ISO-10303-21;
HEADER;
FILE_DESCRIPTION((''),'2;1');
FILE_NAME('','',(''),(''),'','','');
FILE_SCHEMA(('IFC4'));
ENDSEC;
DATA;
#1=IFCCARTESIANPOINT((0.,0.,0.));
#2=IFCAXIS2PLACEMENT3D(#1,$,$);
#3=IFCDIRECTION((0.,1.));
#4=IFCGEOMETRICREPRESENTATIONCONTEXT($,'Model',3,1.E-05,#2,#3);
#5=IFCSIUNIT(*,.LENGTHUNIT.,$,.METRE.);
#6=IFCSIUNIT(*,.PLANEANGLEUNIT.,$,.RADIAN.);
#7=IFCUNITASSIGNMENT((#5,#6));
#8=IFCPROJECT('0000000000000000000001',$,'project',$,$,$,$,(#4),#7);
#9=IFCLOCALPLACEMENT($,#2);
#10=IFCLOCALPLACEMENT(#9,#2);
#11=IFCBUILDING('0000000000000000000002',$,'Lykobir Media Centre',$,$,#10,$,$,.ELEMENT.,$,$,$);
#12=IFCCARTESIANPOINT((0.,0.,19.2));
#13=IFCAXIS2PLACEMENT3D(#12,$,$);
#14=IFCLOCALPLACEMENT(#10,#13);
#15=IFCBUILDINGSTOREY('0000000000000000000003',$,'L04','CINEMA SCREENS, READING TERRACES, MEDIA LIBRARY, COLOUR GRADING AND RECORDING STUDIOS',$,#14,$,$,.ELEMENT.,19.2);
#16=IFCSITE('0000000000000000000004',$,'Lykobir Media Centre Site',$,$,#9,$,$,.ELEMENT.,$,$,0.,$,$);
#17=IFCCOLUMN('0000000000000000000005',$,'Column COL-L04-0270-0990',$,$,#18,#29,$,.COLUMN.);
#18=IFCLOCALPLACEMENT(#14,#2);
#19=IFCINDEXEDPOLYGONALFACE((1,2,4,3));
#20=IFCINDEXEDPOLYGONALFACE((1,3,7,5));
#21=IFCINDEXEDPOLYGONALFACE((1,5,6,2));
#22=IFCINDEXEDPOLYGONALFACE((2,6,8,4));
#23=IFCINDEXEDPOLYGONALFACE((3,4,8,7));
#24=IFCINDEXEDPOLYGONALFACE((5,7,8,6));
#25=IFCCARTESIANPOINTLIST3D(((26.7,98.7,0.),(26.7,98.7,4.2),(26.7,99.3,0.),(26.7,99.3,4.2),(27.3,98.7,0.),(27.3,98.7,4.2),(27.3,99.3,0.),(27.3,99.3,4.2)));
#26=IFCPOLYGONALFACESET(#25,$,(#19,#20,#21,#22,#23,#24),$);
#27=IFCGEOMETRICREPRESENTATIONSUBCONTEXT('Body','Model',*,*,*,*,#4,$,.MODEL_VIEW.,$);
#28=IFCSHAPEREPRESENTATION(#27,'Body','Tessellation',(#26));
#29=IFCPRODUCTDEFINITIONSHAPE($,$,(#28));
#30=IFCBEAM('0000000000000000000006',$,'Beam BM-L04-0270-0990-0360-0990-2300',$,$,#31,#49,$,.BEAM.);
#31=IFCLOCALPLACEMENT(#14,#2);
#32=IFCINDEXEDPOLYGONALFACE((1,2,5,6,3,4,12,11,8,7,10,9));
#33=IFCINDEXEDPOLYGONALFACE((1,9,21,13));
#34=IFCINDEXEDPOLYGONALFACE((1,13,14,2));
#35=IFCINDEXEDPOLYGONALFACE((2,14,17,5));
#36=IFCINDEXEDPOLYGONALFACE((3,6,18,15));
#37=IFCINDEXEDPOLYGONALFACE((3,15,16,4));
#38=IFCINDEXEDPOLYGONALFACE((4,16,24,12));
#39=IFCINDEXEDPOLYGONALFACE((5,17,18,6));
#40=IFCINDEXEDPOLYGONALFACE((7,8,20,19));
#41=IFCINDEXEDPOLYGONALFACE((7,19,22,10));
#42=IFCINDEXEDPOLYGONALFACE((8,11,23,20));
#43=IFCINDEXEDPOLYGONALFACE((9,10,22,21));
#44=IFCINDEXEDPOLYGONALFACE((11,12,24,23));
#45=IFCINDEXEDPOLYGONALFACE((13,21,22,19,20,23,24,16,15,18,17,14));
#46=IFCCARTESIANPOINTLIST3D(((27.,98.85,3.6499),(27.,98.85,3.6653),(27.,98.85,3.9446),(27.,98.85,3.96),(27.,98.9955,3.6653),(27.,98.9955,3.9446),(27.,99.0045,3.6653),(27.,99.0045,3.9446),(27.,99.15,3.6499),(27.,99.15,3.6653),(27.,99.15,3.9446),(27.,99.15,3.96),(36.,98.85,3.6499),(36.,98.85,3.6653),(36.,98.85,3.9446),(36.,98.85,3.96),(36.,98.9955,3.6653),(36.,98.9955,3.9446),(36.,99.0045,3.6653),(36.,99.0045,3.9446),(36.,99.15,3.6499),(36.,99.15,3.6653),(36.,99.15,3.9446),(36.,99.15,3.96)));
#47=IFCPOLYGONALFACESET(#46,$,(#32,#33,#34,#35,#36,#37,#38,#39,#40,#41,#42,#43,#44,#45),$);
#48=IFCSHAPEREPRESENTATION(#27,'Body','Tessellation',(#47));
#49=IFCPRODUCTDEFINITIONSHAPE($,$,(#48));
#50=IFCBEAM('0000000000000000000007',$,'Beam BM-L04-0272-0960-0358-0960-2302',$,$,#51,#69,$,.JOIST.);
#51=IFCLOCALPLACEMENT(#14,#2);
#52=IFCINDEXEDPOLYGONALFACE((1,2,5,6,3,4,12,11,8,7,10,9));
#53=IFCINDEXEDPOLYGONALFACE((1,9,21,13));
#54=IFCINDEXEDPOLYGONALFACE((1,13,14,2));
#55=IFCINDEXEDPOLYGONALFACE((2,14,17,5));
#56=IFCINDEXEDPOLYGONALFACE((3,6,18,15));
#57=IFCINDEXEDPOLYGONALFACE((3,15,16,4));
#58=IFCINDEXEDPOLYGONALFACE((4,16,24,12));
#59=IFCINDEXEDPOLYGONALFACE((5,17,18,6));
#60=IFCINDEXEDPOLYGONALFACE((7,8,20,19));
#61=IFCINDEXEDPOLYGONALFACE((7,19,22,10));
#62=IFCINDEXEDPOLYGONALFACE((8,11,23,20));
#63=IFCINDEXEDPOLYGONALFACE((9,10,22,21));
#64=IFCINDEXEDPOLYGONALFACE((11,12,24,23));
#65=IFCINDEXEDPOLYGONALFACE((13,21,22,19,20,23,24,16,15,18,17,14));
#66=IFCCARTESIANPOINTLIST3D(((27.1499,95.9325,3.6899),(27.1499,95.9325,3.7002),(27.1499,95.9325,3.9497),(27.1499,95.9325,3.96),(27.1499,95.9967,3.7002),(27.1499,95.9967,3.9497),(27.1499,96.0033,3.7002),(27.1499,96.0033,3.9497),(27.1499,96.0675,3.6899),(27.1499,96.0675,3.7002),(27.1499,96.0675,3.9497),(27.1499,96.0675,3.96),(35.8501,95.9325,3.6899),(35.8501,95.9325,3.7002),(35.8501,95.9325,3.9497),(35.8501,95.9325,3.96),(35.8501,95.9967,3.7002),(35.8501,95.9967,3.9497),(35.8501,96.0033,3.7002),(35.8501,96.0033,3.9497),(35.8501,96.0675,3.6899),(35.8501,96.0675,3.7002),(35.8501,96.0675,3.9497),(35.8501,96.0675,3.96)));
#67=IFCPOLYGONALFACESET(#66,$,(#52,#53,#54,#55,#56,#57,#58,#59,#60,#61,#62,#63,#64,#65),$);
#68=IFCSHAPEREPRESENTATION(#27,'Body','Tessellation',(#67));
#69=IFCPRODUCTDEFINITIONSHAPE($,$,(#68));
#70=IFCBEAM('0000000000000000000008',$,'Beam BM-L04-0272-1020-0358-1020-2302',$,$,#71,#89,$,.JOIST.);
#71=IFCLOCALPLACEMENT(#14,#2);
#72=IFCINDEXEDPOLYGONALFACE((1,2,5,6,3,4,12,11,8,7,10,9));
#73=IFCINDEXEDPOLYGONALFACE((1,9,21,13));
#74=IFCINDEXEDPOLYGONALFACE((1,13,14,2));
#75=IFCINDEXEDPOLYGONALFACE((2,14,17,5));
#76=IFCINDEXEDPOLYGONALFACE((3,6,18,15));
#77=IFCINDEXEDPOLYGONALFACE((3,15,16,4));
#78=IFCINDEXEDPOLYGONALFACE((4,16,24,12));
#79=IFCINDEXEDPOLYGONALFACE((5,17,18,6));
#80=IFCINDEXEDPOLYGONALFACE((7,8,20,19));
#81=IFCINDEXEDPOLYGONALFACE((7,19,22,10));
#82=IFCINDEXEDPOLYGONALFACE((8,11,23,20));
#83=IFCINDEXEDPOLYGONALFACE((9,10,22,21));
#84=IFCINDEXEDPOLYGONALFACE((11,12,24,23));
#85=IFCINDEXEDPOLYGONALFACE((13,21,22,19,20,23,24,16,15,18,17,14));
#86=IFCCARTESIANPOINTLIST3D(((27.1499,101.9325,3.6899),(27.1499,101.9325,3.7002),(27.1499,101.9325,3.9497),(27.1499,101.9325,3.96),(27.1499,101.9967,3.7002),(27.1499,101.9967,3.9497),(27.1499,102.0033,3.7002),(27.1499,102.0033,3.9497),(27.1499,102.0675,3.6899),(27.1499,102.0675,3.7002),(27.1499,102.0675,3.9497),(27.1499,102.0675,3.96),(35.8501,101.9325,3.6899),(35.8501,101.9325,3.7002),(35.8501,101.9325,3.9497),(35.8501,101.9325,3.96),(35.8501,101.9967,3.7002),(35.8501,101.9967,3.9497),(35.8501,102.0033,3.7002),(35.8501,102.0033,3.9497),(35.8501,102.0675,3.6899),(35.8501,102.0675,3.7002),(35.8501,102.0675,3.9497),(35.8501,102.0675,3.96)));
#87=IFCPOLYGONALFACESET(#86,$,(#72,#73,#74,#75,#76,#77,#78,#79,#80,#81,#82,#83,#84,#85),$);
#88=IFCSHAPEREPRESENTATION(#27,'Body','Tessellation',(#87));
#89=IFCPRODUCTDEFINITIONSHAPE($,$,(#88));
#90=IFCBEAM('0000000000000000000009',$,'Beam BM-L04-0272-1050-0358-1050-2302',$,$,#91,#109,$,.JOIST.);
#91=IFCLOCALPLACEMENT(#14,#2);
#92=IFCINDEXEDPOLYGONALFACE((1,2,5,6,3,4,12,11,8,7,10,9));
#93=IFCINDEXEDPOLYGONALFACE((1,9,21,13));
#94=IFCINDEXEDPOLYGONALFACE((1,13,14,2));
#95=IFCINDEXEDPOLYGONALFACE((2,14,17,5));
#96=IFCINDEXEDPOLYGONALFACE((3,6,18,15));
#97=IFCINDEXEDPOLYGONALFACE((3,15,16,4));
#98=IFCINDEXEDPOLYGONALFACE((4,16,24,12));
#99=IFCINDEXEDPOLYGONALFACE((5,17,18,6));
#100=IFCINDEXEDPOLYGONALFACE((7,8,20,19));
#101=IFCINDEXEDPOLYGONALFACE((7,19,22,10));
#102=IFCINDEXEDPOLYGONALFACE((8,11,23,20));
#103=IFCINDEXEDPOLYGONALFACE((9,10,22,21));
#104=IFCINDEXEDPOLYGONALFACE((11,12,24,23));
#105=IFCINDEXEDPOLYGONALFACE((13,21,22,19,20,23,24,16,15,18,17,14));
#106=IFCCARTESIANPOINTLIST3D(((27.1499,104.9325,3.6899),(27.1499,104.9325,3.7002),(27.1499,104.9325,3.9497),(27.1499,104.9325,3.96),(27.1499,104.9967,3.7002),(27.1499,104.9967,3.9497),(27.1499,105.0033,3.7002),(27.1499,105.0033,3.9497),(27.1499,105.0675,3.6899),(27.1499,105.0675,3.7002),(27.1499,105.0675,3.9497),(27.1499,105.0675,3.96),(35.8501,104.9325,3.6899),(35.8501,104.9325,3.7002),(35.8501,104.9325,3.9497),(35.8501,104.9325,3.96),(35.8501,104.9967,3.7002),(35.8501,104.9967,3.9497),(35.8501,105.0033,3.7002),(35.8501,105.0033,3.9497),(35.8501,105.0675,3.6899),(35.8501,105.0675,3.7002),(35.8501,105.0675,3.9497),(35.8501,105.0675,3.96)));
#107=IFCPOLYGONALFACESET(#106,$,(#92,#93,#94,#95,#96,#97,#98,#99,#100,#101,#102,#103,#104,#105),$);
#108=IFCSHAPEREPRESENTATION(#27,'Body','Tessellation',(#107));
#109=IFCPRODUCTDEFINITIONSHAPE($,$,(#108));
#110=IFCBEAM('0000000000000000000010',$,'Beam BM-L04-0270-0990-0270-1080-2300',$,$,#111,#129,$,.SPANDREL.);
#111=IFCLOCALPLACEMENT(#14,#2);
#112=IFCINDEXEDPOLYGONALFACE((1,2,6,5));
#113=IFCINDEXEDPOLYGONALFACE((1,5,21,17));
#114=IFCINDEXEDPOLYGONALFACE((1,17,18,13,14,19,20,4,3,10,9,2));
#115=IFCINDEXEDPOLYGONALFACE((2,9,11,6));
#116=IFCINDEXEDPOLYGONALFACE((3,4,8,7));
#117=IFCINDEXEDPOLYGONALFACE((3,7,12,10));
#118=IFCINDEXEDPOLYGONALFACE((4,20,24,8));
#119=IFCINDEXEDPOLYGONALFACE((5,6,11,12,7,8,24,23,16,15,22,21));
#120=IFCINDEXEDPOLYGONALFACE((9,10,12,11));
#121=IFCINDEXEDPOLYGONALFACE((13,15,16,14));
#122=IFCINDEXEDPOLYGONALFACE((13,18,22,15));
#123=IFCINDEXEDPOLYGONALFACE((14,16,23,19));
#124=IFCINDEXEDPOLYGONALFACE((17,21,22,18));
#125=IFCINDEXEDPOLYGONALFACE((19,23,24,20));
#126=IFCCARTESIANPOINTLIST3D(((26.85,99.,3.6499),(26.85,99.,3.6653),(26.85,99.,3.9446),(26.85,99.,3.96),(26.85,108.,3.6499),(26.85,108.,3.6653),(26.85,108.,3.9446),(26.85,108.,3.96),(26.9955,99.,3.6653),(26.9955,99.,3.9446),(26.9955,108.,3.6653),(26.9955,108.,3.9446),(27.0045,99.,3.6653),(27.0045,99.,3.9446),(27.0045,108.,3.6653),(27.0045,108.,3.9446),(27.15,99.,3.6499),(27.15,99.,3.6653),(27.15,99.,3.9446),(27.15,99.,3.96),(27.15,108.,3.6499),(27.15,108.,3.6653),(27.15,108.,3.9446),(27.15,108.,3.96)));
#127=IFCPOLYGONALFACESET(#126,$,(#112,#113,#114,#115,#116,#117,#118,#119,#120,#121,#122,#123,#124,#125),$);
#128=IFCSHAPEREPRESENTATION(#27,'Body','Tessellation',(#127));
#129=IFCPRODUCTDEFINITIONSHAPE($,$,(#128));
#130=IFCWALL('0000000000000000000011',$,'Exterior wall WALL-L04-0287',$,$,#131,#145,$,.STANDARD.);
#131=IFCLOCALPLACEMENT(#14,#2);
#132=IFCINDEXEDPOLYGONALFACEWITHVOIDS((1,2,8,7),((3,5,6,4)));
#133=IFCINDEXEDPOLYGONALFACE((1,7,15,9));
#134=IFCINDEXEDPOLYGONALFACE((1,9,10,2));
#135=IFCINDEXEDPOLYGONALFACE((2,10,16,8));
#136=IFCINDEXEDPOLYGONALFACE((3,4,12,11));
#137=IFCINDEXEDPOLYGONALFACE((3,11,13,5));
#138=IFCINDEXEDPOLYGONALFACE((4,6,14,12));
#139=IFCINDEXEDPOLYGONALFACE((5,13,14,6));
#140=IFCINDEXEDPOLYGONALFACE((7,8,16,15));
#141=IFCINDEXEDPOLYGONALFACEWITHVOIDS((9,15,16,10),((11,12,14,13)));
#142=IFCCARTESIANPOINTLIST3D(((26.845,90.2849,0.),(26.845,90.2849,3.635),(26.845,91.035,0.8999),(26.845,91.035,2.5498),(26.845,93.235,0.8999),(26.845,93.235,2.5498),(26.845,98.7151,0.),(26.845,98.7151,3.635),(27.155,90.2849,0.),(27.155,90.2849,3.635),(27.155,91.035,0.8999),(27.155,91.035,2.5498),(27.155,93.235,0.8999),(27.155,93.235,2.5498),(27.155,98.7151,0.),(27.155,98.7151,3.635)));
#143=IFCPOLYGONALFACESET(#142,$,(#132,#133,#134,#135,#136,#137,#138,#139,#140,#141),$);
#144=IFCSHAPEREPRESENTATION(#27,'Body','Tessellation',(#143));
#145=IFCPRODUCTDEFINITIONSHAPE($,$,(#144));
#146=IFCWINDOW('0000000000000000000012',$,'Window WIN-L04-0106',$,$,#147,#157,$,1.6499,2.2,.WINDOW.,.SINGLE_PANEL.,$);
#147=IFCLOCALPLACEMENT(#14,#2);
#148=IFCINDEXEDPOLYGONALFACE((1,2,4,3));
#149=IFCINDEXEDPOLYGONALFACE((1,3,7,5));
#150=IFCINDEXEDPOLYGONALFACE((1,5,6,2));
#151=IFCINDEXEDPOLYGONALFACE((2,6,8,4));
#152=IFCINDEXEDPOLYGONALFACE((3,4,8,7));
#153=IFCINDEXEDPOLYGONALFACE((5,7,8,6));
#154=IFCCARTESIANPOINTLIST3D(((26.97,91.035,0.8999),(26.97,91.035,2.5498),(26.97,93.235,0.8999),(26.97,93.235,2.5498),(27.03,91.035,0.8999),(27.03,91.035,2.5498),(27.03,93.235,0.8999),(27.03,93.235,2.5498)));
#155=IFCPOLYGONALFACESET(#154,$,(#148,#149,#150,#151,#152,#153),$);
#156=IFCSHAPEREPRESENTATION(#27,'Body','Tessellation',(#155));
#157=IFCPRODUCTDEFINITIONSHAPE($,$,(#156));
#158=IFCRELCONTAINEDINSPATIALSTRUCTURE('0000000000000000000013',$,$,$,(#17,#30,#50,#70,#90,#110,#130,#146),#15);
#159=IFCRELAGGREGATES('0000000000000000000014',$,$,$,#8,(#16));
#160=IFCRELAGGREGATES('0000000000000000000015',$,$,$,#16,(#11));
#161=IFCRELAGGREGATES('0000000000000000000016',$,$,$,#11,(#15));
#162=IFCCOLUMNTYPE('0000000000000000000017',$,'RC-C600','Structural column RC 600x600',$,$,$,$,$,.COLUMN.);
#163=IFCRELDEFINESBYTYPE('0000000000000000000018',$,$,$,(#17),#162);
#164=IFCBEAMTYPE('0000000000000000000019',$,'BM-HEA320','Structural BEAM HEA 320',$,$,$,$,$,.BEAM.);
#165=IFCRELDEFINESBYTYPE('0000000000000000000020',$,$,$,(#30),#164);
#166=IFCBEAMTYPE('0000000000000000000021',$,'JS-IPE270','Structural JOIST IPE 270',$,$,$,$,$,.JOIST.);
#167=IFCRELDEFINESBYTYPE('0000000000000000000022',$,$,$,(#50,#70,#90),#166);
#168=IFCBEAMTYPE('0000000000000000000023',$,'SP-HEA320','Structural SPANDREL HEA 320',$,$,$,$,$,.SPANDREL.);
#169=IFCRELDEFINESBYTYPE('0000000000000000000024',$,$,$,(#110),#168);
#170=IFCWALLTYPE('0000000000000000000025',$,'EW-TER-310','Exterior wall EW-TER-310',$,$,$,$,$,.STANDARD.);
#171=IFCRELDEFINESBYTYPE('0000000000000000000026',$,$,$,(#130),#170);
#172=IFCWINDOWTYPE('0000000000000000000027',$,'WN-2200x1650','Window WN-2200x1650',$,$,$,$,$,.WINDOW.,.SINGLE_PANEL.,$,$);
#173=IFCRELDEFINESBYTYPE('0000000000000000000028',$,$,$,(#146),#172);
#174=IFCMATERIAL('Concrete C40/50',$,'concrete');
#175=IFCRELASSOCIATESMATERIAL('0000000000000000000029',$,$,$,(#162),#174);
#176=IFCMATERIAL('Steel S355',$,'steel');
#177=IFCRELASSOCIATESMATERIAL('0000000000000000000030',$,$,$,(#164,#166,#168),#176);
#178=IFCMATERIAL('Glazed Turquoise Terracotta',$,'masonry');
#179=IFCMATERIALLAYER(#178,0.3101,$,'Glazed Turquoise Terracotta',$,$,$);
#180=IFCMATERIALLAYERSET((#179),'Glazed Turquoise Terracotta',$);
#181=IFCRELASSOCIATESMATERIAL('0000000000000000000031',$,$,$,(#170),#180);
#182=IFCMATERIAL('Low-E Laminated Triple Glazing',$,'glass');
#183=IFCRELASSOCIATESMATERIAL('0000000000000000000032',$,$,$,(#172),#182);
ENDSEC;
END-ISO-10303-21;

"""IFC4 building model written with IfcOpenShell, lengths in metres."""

from ifc_helpers import new_model, si_unit, direction, frame, frame_2d, origin, origin_2d, place, context, subcontext, project, spatial, rectangle, i_section, extrude, material, layer, layer_set, material_profile, profile_set, type_object, element, fill, save


model = new_model("IFC4")

# Units and contexts
model_context = context("Model", 3, precision=1e-05, world=origin(), true_north=direction((0.0, 1.0)))
body_context = subcontext(model_context, "Body", "Model", "MODEL_VIEW")
ifc_project = project(units=[si_unit("LENGTHUNIT", "METRE"), si_unit("PLANEANGLEUNIT", "RADIAN")], contexts=[model_context])

# Site, building, storey
site_placement = place(None, origin())
site = spatial("IfcSite", under=ifc_project, at=site_placement, Name="Lykobir Media Centre Site", CompositionType="ELEMENT", RefElevation=0.0)
building_placement = place(site_placement, origin())
building = spatial("IfcBuilding", under=site, at=building_placement, Name="Lykobir Media Centre", CompositionType="ELEMENT")
storey_placement = place(building_placement, frame((0.0, 0.0, 19.2)))
storey = spatial("IfcBuildingStorey", under=building, at=storey_placement, Name="L04", Description="CINEMA SCREENS, READING TERRACES, MEDIA LIBRARY, COLOUR GRADING AND RECORDING STUDIOS", CompositionType="ELEMENT", Elevation=19.2)

# Column
ifc_material_1 = material(Name="Concrete C40/50", Category="concrete")
ifc_material_profile_1 = material_profile(ifc_material_1, rectangle(XDim=0.6001, YDim=0.6001, at=origin_2d()), Name="RC 600x600")
ifc_profile_set_1 = profile_set([ifc_material_profile_1], Name="Concrete C40/50")
column_type = type_object("IfcColumnType", Name="RC-C600", Description="Structural column RC 600x600", PredefinedType="COLUMN", material=ifc_profile_set_1)
column_placement = place(storey_placement, frame((27.0, 99.0, 0.0), z_axis=(0.0, 0.0, 1.0), x_axis=(1.0, 0.0, 0.0)))
element("IfcColumn", 1, at=column_placement, inside=storey, type_object=column_type, Name="Column COL-L04-0270-0990", PredefinedType="COLUMN", context=body_context, shape_type="SweptSolid", body=[
    extrude(rectangle(XDim=0.6001, YDim=0.6001, at=origin_2d()), origin(), (0.0, 0.0, 1.0), 4.2),
])

# Beams
ifc_material_2 = material(Name="Steel S355", Category="steel")
ifc_material_profile_2 = material_profile(ifc_material_2, i_section(OverallWidth=0.3, OverallDepth=0.3101, WebThickness=0.009, FlangeThickness=0.0154, at=origin_2d()), Name="HEA 320")
ifc_profile_set_2 = profile_set([ifc_material_profile_2], Name="Steel S355")
beam_type_1 = type_object("IfcBeamType", Name="BM-HEA320", Description="Structural BEAM HEA 320", PredefinedType="BEAM", material=ifc_profile_set_2)
beam_1_placement = place(storey_placement, frame((27.0, 99.0, 3.8049), z_axis=(1.0, 0.0, 0.0), x_axis=(0.0, 1.0, 0.0)))
element("IfcBeam", 2, at=beam_1_placement, inside=storey, type_object=beam_type_1, Name="Beam BM-L04-0270-0990-0360-0990-2300", PredefinedType="BEAM", context=body_context, shape_type="SweptSolid", body=[
    extrude(i_section(OverallWidth=0.3, OverallDepth=0.3101, WebThickness=0.009, FlangeThickness=0.0154, at=origin_2d()), origin(), (0.0, 0.0, 1.0), 9.0),
])
ifc_material_profile_3 = material_profile(ifc_material_2, i_section(OverallWidth=0.135, OverallDepth=0.27, WebThickness=0.0066, FlangeThickness=0.0103, at=origin_2d()), Name="IPE 270")
ifc_profile_set_3 = profile_set([ifc_material_profile_3], Name="Steel S355")
beam_type_2 = type_object("IfcBeamType", Name="JS-IPE270", Description="Structural JOIST IPE 270", PredefinedType="JOIST", material=ifc_profile_set_3)
for number, where, z_axis, x_axis, name in (
    (3, (27.1499, 96.0, 3.825), (1.0, 0.0, 0.0), (0.0, 1.0, 0.0), "Beam BM-L04-0272-0960-0358-0960-2302"),
    (4, (27.1499, 102.0, 3.825), (1.0, 0.0, 0.0), (0.0, 1.0, 0.0), "Beam BM-L04-0272-1020-0358-1020-2302"),
    (5, (27.1499, 105.0, 3.825), (1.0, 0.0, 0.0), (0.0, 1.0, 0.0), "Beam BM-L04-0272-1050-0358-1050-2302"),
):
    element("IfcBeam", number, at=place(storey_placement, frame(where, z_axis=z_axis, x_axis=x_axis)), inside=storey, type_object=beam_type_2, Name=name, PredefinedType="JOIST", context=body_context, shape_type="SweptSolid", body=[
        extrude(i_section(OverallWidth=0.135, OverallDepth=0.27, WebThickness=0.0066, FlangeThickness=0.0103, at=origin_2d()), origin(), (0.0, 0.0, 1.0), 8.7002),
    ])
ifc_material_profile_4 = material_profile(ifc_material_2, i_section(OverallWidth=0.3, OverallDepth=0.3101, WebThickness=0.009, FlangeThickness=0.0154, at=origin_2d()), Name="HEA 320")
ifc_profile_set_4 = profile_set([ifc_material_profile_4], Name="Steel S355")
beam_type_3 = type_object("IfcBeamType", Name="SP-HEA320", Description="Structural SPANDREL HEA 320", PredefinedType="SPANDREL", material=ifc_profile_set_4)
beam_2_placement = place(storey_placement, frame((27.0, 99.0, 3.8049), z_axis=(0.0, 1.0, 0.0), x_axis=(-1.0, 0.0, 0.0)))
element("IfcBeam", 6, at=beam_2_placement, inside=storey, type_object=beam_type_3, Name="Beam BM-L04-0270-0990-0270-1080-2300", PredefinedType="SPANDREL", context=body_context, shape_type="SweptSolid", body=[
    extrude(i_section(OverallWidth=0.3, OverallDepth=0.3101, WebThickness=0.009, FlangeThickness=0.0154, at=origin_2d()), origin(), (0.0, 0.0, 1.0), 9.0),
])

# Wall, opening, window
ifc_material_3 = material(Name="Glazed Turquoise Terracotta", Category="masonry")
ifc_layer_1 = layer(ifc_material_3, 0.3101, Name="Glazed Turquoise Terracotta")
ifc_layer_set_1 = layer_set([ifc_layer_1], Name="Glazed Turquoise Terracotta")
wall_type_1 = type_object("IfcWallType", Name="EW-TER-310", Description="Exterior wall EW-TER-310", PredefinedType="STANDARD", material=ifc_layer_set_1)
wall_1_placement = place(storey_placement, frame((27.0, 98.7151, 0.0), z_axis=(0.0, 0.0, 1.0), x_axis=(0.0, -1.0, 0.0)))
wall_1 = element("IfcWall", 7, at=wall_1_placement, inside=storey, type_object=wall_type_1, Name="Exterior wall WALL-L04-0287", PredefinedType="STANDARD", context=body_context, shape_type="SweptSolid", body=[
    extrude(rectangle(XDim=8.4302, YDim=0.3101, at=frame_2d((4.2151, 0.0))), origin(), (0.0, 0.0, 1.0), 3.635),
])
opening_1_placement = place(wall_1_placement, frame((5.48, 0.0, 0.8999)))
opening_1 = element("IfcOpeningElement", 8, at=opening_1_placement, cuts=wall_1, PredefinedType="OPENING", context=body_context, shape_type="SweptSolid", body=[
    extrude(rectangle(XDim=2.2, YDim=1.6499, at=frame_2d((1.1001, 0.825))), frame((0.0, 0.165, 0.0), z_axis=(0.0, -1.0, 0.0), x_axis=(1.0, 0.0, 0.0)), (0.0, 0.0, 1.0), 0.3301),
])
ifc_material_4 = material(Name="Low-E Laminated Triple Glazing", Category="glass")
window_type = type_object("IfcWindowType", Name="WN-2200x1650", Description="Window WN-2200x1650", PartitioningType="SINGLE_PANEL", PredefinedType="WINDOW", material=ifc_material_4)
window_placement = place(opening_1_placement, origin())
window = element("IfcWindow", 9, at=window_placement, inside=storey, type_object=window_type, Name="Window WIN-L04-0106", OverallHeight=1.6499, OverallWidth=2.2, PartitioningType="SINGLE_PANEL", PredefinedType="WINDOW", context=body_context, shape_type="SweptSolid", body=[
    extrude(rectangle(XDim=2.2, YDim=1.6499, at=frame_2d((1.1001, 0.825))), frame((0.0, 0.03, 0.0), z_axis=(0.0, -1.0, 0.0), x_axis=(1.0, 0.0, 0.0)), (0.0, 0.0, 1.0), 0.0601),
])
fill(opening_1, window)

save(model, "model.ifc")
